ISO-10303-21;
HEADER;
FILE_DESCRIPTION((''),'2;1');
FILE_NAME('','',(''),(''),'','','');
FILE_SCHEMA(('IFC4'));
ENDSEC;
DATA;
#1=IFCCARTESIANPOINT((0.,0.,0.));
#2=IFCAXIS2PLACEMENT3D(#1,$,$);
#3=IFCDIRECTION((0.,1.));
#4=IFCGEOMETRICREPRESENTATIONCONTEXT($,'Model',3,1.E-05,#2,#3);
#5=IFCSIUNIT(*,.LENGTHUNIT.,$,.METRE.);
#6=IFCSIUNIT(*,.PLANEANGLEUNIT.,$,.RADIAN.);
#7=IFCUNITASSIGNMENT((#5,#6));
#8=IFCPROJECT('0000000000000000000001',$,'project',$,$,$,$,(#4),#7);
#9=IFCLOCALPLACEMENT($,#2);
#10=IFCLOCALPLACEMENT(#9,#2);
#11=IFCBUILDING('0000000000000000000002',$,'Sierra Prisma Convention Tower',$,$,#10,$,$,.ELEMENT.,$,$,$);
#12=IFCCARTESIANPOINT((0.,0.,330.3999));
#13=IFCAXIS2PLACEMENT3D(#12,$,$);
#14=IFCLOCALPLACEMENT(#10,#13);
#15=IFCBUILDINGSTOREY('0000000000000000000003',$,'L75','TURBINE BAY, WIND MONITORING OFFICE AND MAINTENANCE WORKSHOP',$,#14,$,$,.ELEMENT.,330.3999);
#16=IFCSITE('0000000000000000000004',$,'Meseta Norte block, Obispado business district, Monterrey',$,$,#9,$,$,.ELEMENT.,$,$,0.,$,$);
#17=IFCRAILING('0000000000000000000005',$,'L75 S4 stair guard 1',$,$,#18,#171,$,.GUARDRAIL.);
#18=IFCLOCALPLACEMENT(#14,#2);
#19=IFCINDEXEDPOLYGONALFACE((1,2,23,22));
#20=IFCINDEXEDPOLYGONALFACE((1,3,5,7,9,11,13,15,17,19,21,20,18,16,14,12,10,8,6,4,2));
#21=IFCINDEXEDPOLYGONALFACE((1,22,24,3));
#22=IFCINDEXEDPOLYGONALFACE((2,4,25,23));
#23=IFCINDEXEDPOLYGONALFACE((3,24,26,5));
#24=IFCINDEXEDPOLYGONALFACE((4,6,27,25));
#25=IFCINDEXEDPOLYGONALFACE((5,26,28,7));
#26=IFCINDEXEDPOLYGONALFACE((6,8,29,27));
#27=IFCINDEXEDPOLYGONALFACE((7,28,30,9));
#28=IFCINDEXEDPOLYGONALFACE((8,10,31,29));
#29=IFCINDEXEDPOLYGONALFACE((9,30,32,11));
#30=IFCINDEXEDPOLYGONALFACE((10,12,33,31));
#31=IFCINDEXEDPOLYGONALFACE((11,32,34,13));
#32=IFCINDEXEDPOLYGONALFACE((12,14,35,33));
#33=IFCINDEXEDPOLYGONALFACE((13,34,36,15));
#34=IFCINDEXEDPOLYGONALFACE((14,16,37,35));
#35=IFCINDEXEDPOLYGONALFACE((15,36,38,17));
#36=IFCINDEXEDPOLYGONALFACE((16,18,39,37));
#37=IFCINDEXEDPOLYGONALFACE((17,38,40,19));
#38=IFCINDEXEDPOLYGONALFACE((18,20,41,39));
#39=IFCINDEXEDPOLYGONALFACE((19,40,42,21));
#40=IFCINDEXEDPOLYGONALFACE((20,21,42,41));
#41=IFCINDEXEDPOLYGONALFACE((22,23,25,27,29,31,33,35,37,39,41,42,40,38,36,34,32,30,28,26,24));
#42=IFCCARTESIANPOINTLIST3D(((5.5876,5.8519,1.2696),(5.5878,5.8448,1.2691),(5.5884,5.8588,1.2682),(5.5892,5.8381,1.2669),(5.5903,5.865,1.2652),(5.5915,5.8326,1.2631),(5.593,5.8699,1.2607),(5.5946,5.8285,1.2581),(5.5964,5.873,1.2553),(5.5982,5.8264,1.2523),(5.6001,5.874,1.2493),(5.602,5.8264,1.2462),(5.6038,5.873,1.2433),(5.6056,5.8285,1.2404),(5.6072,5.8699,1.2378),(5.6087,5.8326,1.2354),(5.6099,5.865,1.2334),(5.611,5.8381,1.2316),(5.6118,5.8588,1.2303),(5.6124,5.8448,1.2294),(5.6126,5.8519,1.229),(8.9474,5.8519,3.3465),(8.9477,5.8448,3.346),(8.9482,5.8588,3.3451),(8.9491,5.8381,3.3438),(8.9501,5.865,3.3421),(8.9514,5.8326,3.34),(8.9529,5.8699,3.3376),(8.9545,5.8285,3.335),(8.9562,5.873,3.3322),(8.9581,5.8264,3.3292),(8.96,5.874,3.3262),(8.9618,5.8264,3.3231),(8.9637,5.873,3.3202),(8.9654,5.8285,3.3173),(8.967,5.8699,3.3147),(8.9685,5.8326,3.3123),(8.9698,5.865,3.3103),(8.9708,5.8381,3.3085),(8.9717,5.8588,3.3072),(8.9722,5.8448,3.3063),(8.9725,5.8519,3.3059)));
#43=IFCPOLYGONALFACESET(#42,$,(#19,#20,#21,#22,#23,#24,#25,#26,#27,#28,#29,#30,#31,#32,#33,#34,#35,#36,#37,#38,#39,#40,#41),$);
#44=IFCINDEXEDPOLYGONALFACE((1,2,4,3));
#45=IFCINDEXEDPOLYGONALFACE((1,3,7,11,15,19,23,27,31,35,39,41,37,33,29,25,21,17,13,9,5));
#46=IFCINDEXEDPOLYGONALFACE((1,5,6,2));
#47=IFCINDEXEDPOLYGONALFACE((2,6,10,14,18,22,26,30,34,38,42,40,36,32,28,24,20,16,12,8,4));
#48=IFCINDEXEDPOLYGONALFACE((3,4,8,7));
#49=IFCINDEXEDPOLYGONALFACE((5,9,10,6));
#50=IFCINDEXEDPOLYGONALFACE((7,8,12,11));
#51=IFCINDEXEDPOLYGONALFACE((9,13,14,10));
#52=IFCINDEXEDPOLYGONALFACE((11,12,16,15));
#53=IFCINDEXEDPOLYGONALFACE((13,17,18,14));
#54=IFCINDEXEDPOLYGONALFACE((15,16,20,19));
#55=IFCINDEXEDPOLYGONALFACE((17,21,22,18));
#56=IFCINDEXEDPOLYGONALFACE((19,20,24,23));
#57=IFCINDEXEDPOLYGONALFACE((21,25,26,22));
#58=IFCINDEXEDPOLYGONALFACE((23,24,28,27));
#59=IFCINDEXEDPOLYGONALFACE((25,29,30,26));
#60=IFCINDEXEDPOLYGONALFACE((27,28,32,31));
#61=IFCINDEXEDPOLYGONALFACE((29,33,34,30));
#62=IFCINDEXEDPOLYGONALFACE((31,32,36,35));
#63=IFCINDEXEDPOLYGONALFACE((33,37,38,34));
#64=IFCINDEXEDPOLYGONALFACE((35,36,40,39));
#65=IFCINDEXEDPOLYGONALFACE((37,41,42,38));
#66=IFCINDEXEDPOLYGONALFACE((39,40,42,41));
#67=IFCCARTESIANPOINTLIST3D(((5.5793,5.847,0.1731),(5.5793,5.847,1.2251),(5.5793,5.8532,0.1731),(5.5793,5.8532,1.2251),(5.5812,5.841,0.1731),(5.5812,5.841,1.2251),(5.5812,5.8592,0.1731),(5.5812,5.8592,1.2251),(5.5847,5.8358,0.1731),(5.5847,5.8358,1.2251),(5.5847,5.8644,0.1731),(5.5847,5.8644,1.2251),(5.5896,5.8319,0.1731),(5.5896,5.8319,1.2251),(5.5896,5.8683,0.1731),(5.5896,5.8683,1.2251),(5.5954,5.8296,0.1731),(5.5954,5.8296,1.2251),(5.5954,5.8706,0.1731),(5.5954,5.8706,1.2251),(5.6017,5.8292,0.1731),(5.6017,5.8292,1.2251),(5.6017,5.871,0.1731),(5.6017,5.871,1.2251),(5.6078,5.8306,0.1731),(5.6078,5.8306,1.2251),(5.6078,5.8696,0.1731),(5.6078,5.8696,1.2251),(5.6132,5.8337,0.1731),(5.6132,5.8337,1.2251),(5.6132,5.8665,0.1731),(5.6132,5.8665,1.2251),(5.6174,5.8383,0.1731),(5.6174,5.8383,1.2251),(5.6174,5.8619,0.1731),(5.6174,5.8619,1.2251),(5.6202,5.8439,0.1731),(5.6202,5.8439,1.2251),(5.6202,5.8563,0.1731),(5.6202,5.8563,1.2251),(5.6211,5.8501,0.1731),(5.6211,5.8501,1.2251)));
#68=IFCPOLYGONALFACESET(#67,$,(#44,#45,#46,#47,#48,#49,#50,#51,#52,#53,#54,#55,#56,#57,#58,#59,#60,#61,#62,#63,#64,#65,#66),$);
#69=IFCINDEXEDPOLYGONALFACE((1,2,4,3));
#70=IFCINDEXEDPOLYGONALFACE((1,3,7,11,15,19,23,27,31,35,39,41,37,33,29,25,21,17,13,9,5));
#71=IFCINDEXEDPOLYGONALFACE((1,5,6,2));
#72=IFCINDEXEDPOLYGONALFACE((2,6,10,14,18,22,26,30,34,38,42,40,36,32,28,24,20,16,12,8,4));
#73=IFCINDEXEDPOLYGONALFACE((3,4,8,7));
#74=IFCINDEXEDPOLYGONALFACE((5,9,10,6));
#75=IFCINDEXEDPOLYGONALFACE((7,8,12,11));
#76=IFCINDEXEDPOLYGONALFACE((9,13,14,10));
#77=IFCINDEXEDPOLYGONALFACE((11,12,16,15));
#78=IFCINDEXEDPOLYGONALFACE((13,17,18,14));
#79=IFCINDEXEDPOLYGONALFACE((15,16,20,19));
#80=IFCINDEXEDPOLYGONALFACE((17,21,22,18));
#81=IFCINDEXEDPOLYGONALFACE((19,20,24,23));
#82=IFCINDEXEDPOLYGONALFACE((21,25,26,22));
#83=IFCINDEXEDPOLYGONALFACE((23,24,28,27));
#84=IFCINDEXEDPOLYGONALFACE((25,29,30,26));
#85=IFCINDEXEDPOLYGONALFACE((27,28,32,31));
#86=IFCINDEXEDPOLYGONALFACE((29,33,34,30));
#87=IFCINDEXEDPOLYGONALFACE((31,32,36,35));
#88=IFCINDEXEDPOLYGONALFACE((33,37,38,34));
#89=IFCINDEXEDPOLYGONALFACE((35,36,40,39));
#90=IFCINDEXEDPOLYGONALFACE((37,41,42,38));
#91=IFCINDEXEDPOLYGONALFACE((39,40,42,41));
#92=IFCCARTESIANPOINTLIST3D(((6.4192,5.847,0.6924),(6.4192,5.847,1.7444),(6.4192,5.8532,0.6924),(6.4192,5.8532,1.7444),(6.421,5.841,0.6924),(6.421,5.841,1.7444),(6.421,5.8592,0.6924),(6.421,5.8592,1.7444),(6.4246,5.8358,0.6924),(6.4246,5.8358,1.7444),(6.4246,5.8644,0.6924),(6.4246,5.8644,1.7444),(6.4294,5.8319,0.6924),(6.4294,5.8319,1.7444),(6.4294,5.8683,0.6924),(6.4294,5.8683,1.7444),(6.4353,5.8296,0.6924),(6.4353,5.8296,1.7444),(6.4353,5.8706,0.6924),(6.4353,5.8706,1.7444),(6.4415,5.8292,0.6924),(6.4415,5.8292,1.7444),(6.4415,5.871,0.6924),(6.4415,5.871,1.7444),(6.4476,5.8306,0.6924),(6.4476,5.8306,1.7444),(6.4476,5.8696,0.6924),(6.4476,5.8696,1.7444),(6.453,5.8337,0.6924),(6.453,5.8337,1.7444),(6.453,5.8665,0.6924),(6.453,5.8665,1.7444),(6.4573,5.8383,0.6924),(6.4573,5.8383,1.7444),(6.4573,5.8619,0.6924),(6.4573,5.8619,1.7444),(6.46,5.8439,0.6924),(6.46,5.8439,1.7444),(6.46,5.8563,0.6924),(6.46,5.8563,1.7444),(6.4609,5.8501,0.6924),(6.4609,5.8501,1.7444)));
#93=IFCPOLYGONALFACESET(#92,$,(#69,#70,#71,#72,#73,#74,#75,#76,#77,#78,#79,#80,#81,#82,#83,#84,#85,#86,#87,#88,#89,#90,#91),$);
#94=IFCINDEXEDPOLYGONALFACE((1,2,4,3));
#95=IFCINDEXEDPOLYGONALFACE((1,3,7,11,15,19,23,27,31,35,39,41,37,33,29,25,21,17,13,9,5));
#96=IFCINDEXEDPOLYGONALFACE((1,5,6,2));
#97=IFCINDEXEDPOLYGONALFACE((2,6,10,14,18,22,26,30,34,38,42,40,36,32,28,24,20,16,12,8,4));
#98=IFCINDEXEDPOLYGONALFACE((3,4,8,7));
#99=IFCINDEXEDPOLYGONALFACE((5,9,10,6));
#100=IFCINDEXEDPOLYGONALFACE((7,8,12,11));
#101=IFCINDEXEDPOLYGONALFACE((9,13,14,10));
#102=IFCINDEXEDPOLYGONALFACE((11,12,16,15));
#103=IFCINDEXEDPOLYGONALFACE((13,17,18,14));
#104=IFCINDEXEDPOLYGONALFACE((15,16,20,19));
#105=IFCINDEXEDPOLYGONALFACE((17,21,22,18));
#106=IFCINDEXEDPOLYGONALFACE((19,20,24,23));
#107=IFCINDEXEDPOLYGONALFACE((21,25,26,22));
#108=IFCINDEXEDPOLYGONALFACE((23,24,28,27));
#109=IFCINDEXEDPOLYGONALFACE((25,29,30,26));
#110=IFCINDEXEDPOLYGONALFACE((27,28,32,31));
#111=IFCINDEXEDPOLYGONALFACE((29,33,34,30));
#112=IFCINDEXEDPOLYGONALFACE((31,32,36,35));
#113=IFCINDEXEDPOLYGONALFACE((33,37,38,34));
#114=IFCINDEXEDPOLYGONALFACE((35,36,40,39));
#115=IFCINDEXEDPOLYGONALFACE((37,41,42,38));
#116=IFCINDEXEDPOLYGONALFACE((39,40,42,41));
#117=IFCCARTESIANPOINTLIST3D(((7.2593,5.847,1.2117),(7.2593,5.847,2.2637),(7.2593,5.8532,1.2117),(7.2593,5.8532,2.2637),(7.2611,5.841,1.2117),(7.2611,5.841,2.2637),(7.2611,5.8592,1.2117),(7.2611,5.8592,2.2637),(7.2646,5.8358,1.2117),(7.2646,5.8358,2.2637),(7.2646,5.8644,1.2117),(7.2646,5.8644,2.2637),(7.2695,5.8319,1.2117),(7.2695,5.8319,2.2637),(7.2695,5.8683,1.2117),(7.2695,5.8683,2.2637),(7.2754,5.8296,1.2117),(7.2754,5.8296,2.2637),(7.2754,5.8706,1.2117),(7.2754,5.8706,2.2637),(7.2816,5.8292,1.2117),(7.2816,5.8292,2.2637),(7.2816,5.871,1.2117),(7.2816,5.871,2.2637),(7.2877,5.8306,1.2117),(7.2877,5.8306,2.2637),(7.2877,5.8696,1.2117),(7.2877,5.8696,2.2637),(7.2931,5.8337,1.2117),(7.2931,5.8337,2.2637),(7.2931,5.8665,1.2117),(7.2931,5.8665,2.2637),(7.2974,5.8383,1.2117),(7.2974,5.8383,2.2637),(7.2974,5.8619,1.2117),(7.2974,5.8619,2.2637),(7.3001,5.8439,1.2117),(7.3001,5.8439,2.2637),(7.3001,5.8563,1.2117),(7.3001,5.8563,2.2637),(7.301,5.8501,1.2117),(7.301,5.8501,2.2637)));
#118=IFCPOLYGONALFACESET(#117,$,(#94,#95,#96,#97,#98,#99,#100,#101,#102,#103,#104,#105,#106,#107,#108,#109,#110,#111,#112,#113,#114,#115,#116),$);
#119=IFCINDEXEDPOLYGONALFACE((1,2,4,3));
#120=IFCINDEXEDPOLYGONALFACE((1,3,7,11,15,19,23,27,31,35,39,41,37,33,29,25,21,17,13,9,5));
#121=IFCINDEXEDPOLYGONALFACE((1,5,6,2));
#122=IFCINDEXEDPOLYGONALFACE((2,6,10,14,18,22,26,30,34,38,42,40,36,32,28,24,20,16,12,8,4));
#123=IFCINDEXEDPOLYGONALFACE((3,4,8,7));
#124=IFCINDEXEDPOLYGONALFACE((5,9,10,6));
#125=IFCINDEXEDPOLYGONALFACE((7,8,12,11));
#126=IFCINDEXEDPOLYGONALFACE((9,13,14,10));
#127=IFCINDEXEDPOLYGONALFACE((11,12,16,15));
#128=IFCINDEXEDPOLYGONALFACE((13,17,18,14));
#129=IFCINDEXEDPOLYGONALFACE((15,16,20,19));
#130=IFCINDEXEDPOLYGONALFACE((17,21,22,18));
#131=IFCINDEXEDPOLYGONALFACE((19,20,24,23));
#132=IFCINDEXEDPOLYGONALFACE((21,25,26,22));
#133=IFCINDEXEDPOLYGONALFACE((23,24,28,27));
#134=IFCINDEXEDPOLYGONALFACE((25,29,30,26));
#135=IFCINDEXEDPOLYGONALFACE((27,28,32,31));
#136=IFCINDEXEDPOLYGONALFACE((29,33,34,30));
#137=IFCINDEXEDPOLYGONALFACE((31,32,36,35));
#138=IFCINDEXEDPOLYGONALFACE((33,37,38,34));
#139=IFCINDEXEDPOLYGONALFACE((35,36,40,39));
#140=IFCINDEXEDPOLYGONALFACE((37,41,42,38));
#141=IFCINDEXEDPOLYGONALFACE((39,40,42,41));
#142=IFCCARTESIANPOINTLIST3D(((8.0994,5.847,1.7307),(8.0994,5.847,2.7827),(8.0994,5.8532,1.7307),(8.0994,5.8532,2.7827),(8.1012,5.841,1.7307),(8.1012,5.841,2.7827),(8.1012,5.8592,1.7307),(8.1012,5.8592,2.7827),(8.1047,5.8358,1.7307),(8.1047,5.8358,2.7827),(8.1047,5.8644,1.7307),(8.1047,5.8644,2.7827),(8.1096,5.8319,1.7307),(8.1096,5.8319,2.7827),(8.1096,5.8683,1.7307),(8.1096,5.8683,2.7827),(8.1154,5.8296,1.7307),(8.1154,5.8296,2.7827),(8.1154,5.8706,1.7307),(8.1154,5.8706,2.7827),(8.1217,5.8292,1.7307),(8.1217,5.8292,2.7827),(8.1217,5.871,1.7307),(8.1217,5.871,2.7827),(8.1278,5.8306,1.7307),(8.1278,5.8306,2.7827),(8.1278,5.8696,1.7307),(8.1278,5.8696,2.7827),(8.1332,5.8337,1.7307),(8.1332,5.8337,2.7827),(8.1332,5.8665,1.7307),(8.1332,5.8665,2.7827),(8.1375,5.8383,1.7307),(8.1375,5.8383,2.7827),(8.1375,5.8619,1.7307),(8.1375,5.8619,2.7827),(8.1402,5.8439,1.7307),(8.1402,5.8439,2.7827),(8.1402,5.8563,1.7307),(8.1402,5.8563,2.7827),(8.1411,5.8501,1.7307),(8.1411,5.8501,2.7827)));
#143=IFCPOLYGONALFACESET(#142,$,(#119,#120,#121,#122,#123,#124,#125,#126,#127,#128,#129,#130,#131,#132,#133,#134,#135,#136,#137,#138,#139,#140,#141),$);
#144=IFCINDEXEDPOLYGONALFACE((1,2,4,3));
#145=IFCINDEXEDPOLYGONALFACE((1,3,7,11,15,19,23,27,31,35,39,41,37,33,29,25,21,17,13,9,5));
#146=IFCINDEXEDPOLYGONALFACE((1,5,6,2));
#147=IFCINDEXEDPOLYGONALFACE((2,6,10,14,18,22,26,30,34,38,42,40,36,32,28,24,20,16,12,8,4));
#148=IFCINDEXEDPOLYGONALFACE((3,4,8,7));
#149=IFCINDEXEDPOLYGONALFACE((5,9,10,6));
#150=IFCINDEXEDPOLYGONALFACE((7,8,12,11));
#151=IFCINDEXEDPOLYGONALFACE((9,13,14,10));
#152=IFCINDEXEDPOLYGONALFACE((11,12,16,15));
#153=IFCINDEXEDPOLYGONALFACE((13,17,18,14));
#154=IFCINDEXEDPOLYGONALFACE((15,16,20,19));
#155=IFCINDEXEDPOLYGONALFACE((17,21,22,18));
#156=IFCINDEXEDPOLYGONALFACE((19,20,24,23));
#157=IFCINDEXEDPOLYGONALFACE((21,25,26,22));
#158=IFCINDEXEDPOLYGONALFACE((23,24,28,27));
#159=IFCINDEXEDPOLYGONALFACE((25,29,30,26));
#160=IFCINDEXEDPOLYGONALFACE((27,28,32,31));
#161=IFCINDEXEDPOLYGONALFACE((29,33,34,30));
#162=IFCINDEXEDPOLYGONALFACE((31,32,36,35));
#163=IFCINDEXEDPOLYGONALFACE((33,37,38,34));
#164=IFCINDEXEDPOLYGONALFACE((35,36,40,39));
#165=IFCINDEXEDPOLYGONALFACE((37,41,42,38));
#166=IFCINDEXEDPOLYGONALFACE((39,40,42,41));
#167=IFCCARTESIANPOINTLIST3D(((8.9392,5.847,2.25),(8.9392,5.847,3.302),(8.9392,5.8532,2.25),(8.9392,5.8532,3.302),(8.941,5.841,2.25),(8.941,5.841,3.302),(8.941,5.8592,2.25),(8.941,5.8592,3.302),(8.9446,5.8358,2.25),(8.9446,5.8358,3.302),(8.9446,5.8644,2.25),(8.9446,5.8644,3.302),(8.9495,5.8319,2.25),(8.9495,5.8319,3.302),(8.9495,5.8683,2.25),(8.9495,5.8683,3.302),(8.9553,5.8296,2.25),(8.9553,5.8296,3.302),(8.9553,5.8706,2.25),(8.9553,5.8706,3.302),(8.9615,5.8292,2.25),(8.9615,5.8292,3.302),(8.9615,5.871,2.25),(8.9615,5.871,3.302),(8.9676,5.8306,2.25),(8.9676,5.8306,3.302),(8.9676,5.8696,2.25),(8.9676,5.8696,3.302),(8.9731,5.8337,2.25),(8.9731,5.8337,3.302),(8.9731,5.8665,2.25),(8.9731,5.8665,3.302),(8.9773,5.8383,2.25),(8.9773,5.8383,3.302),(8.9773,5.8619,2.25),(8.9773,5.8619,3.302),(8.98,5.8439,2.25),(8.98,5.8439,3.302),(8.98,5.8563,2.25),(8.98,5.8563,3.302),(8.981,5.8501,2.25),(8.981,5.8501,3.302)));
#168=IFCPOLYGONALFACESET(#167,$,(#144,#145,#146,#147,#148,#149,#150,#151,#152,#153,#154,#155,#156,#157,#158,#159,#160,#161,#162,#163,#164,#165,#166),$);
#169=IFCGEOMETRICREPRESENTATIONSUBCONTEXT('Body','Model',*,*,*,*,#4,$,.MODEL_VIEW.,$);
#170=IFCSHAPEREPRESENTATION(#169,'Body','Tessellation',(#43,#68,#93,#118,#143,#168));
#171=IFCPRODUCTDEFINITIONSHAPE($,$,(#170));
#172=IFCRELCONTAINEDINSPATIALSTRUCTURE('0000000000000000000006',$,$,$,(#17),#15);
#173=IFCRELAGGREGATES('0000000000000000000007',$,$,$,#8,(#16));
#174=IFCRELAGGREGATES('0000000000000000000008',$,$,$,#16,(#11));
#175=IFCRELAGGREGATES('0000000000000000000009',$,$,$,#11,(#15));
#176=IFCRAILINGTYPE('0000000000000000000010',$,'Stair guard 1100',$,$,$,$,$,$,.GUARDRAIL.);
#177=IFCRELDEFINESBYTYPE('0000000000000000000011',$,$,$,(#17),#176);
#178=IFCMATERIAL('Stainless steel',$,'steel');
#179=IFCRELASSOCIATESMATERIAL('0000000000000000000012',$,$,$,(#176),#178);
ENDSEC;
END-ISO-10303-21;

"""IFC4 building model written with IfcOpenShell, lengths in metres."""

from ifc_helpers import new_model, si_unit, direction, frame, origin, origin_2d, place, context, subcontext, project, spatial, circle, extrude, material, type_object, element, save


model = new_model("IFC4")

# Units and contexts
model_context = context("Model", 3, precision=1e-05, world=origin(), true_north=direction((0.0, 1.0)))
body_context = subcontext(model_context, "Body", "Model", "MODEL_VIEW")
ifc_project = project(units=[si_unit("LENGTHUNIT", "METRE"), si_unit("PLANEANGLEUNIT", "RADIAN")], contexts=[model_context])

# Site, building, storey
site_placement = place(None, origin())
site = spatial("IfcSite", under=ifc_project, at=site_placement, Name="Meseta Norte block, Obispado business district, Monterrey", CompositionType="ELEMENT", RefElevation=0.0)
building_placement = place(site_placement, origin())
building = spatial("IfcBuilding", under=site, at=building_placement, Name="Sierra Prisma Convention Tower", CompositionType="ELEMENT")
storey_placement = place(building_placement, frame((0.0, 0.0, 330.3999)))
storey = spatial("IfcBuildingStorey", under=building, at=storey_placement, Name="L75", Description="TURBINE BAY, WIND MONITORING OFFICE AND MAINTENANCE WORKSHOP", CompositionType="ELEMENT", Elevation=330.3999)

# Railing
ifc_material_1 = material(Name="Stainless steel", Category="steel")
railing_type_1 = type_object("IfcRailingType", Name="Stair guard 1100", PredefinedType="GUARDRAIL", material=ifc_material_1)
railing_1_placement = place(storey_placement, frame((5.6001, 5.8501, 0.1731)))
element("IfcRailing", 1, at=railing_1_placement, inside=storey, type_object=railing_type_1, Name="L75 S4 stair guard 1", PredefinedType="GUARDRAIL", context=body_context, shape_type="SweptSolid", body=[
    extrude(circle(Radius=0.0239, at=origin_2d()), frame((0.0, 0.0, 1.0762), z_axis=(0.850606, 0.0, 0.525803), x_axis=(0.0, 1.0, 0.0)), (0.0, 0.0, 1.0), 3.95),
    extrude(circle(Radius=0.021, at=origin_2d()), origin(), (0.0, 0.0, 1.0), 1.052),
    extrude(circle(Radius=0.021, at=origin_2d()), frame((0.8398, 0.0, 0.5193)), (0.0, 0.0, 1.0), 1.052),
    extrude(circle(Radius=0.021, at=origin_2d()), frame((1.6799, 0.0, 1.0386)), (0.0, 0.0, 1.0), 1.052),
    extrude(circle(Radius=0.021, at=origin_2d()), frame((2.52, 0.0, 1.5576)), (0.0, 0.0, 1.0), 1.052),
    extrude(circle(Radius=0.021, at=origin_2d()), frame((3.3599, 0.0, 2.0769)), (0.0, 0.0, 1.0), 1.052),
])

save(model, "model.ifc")
